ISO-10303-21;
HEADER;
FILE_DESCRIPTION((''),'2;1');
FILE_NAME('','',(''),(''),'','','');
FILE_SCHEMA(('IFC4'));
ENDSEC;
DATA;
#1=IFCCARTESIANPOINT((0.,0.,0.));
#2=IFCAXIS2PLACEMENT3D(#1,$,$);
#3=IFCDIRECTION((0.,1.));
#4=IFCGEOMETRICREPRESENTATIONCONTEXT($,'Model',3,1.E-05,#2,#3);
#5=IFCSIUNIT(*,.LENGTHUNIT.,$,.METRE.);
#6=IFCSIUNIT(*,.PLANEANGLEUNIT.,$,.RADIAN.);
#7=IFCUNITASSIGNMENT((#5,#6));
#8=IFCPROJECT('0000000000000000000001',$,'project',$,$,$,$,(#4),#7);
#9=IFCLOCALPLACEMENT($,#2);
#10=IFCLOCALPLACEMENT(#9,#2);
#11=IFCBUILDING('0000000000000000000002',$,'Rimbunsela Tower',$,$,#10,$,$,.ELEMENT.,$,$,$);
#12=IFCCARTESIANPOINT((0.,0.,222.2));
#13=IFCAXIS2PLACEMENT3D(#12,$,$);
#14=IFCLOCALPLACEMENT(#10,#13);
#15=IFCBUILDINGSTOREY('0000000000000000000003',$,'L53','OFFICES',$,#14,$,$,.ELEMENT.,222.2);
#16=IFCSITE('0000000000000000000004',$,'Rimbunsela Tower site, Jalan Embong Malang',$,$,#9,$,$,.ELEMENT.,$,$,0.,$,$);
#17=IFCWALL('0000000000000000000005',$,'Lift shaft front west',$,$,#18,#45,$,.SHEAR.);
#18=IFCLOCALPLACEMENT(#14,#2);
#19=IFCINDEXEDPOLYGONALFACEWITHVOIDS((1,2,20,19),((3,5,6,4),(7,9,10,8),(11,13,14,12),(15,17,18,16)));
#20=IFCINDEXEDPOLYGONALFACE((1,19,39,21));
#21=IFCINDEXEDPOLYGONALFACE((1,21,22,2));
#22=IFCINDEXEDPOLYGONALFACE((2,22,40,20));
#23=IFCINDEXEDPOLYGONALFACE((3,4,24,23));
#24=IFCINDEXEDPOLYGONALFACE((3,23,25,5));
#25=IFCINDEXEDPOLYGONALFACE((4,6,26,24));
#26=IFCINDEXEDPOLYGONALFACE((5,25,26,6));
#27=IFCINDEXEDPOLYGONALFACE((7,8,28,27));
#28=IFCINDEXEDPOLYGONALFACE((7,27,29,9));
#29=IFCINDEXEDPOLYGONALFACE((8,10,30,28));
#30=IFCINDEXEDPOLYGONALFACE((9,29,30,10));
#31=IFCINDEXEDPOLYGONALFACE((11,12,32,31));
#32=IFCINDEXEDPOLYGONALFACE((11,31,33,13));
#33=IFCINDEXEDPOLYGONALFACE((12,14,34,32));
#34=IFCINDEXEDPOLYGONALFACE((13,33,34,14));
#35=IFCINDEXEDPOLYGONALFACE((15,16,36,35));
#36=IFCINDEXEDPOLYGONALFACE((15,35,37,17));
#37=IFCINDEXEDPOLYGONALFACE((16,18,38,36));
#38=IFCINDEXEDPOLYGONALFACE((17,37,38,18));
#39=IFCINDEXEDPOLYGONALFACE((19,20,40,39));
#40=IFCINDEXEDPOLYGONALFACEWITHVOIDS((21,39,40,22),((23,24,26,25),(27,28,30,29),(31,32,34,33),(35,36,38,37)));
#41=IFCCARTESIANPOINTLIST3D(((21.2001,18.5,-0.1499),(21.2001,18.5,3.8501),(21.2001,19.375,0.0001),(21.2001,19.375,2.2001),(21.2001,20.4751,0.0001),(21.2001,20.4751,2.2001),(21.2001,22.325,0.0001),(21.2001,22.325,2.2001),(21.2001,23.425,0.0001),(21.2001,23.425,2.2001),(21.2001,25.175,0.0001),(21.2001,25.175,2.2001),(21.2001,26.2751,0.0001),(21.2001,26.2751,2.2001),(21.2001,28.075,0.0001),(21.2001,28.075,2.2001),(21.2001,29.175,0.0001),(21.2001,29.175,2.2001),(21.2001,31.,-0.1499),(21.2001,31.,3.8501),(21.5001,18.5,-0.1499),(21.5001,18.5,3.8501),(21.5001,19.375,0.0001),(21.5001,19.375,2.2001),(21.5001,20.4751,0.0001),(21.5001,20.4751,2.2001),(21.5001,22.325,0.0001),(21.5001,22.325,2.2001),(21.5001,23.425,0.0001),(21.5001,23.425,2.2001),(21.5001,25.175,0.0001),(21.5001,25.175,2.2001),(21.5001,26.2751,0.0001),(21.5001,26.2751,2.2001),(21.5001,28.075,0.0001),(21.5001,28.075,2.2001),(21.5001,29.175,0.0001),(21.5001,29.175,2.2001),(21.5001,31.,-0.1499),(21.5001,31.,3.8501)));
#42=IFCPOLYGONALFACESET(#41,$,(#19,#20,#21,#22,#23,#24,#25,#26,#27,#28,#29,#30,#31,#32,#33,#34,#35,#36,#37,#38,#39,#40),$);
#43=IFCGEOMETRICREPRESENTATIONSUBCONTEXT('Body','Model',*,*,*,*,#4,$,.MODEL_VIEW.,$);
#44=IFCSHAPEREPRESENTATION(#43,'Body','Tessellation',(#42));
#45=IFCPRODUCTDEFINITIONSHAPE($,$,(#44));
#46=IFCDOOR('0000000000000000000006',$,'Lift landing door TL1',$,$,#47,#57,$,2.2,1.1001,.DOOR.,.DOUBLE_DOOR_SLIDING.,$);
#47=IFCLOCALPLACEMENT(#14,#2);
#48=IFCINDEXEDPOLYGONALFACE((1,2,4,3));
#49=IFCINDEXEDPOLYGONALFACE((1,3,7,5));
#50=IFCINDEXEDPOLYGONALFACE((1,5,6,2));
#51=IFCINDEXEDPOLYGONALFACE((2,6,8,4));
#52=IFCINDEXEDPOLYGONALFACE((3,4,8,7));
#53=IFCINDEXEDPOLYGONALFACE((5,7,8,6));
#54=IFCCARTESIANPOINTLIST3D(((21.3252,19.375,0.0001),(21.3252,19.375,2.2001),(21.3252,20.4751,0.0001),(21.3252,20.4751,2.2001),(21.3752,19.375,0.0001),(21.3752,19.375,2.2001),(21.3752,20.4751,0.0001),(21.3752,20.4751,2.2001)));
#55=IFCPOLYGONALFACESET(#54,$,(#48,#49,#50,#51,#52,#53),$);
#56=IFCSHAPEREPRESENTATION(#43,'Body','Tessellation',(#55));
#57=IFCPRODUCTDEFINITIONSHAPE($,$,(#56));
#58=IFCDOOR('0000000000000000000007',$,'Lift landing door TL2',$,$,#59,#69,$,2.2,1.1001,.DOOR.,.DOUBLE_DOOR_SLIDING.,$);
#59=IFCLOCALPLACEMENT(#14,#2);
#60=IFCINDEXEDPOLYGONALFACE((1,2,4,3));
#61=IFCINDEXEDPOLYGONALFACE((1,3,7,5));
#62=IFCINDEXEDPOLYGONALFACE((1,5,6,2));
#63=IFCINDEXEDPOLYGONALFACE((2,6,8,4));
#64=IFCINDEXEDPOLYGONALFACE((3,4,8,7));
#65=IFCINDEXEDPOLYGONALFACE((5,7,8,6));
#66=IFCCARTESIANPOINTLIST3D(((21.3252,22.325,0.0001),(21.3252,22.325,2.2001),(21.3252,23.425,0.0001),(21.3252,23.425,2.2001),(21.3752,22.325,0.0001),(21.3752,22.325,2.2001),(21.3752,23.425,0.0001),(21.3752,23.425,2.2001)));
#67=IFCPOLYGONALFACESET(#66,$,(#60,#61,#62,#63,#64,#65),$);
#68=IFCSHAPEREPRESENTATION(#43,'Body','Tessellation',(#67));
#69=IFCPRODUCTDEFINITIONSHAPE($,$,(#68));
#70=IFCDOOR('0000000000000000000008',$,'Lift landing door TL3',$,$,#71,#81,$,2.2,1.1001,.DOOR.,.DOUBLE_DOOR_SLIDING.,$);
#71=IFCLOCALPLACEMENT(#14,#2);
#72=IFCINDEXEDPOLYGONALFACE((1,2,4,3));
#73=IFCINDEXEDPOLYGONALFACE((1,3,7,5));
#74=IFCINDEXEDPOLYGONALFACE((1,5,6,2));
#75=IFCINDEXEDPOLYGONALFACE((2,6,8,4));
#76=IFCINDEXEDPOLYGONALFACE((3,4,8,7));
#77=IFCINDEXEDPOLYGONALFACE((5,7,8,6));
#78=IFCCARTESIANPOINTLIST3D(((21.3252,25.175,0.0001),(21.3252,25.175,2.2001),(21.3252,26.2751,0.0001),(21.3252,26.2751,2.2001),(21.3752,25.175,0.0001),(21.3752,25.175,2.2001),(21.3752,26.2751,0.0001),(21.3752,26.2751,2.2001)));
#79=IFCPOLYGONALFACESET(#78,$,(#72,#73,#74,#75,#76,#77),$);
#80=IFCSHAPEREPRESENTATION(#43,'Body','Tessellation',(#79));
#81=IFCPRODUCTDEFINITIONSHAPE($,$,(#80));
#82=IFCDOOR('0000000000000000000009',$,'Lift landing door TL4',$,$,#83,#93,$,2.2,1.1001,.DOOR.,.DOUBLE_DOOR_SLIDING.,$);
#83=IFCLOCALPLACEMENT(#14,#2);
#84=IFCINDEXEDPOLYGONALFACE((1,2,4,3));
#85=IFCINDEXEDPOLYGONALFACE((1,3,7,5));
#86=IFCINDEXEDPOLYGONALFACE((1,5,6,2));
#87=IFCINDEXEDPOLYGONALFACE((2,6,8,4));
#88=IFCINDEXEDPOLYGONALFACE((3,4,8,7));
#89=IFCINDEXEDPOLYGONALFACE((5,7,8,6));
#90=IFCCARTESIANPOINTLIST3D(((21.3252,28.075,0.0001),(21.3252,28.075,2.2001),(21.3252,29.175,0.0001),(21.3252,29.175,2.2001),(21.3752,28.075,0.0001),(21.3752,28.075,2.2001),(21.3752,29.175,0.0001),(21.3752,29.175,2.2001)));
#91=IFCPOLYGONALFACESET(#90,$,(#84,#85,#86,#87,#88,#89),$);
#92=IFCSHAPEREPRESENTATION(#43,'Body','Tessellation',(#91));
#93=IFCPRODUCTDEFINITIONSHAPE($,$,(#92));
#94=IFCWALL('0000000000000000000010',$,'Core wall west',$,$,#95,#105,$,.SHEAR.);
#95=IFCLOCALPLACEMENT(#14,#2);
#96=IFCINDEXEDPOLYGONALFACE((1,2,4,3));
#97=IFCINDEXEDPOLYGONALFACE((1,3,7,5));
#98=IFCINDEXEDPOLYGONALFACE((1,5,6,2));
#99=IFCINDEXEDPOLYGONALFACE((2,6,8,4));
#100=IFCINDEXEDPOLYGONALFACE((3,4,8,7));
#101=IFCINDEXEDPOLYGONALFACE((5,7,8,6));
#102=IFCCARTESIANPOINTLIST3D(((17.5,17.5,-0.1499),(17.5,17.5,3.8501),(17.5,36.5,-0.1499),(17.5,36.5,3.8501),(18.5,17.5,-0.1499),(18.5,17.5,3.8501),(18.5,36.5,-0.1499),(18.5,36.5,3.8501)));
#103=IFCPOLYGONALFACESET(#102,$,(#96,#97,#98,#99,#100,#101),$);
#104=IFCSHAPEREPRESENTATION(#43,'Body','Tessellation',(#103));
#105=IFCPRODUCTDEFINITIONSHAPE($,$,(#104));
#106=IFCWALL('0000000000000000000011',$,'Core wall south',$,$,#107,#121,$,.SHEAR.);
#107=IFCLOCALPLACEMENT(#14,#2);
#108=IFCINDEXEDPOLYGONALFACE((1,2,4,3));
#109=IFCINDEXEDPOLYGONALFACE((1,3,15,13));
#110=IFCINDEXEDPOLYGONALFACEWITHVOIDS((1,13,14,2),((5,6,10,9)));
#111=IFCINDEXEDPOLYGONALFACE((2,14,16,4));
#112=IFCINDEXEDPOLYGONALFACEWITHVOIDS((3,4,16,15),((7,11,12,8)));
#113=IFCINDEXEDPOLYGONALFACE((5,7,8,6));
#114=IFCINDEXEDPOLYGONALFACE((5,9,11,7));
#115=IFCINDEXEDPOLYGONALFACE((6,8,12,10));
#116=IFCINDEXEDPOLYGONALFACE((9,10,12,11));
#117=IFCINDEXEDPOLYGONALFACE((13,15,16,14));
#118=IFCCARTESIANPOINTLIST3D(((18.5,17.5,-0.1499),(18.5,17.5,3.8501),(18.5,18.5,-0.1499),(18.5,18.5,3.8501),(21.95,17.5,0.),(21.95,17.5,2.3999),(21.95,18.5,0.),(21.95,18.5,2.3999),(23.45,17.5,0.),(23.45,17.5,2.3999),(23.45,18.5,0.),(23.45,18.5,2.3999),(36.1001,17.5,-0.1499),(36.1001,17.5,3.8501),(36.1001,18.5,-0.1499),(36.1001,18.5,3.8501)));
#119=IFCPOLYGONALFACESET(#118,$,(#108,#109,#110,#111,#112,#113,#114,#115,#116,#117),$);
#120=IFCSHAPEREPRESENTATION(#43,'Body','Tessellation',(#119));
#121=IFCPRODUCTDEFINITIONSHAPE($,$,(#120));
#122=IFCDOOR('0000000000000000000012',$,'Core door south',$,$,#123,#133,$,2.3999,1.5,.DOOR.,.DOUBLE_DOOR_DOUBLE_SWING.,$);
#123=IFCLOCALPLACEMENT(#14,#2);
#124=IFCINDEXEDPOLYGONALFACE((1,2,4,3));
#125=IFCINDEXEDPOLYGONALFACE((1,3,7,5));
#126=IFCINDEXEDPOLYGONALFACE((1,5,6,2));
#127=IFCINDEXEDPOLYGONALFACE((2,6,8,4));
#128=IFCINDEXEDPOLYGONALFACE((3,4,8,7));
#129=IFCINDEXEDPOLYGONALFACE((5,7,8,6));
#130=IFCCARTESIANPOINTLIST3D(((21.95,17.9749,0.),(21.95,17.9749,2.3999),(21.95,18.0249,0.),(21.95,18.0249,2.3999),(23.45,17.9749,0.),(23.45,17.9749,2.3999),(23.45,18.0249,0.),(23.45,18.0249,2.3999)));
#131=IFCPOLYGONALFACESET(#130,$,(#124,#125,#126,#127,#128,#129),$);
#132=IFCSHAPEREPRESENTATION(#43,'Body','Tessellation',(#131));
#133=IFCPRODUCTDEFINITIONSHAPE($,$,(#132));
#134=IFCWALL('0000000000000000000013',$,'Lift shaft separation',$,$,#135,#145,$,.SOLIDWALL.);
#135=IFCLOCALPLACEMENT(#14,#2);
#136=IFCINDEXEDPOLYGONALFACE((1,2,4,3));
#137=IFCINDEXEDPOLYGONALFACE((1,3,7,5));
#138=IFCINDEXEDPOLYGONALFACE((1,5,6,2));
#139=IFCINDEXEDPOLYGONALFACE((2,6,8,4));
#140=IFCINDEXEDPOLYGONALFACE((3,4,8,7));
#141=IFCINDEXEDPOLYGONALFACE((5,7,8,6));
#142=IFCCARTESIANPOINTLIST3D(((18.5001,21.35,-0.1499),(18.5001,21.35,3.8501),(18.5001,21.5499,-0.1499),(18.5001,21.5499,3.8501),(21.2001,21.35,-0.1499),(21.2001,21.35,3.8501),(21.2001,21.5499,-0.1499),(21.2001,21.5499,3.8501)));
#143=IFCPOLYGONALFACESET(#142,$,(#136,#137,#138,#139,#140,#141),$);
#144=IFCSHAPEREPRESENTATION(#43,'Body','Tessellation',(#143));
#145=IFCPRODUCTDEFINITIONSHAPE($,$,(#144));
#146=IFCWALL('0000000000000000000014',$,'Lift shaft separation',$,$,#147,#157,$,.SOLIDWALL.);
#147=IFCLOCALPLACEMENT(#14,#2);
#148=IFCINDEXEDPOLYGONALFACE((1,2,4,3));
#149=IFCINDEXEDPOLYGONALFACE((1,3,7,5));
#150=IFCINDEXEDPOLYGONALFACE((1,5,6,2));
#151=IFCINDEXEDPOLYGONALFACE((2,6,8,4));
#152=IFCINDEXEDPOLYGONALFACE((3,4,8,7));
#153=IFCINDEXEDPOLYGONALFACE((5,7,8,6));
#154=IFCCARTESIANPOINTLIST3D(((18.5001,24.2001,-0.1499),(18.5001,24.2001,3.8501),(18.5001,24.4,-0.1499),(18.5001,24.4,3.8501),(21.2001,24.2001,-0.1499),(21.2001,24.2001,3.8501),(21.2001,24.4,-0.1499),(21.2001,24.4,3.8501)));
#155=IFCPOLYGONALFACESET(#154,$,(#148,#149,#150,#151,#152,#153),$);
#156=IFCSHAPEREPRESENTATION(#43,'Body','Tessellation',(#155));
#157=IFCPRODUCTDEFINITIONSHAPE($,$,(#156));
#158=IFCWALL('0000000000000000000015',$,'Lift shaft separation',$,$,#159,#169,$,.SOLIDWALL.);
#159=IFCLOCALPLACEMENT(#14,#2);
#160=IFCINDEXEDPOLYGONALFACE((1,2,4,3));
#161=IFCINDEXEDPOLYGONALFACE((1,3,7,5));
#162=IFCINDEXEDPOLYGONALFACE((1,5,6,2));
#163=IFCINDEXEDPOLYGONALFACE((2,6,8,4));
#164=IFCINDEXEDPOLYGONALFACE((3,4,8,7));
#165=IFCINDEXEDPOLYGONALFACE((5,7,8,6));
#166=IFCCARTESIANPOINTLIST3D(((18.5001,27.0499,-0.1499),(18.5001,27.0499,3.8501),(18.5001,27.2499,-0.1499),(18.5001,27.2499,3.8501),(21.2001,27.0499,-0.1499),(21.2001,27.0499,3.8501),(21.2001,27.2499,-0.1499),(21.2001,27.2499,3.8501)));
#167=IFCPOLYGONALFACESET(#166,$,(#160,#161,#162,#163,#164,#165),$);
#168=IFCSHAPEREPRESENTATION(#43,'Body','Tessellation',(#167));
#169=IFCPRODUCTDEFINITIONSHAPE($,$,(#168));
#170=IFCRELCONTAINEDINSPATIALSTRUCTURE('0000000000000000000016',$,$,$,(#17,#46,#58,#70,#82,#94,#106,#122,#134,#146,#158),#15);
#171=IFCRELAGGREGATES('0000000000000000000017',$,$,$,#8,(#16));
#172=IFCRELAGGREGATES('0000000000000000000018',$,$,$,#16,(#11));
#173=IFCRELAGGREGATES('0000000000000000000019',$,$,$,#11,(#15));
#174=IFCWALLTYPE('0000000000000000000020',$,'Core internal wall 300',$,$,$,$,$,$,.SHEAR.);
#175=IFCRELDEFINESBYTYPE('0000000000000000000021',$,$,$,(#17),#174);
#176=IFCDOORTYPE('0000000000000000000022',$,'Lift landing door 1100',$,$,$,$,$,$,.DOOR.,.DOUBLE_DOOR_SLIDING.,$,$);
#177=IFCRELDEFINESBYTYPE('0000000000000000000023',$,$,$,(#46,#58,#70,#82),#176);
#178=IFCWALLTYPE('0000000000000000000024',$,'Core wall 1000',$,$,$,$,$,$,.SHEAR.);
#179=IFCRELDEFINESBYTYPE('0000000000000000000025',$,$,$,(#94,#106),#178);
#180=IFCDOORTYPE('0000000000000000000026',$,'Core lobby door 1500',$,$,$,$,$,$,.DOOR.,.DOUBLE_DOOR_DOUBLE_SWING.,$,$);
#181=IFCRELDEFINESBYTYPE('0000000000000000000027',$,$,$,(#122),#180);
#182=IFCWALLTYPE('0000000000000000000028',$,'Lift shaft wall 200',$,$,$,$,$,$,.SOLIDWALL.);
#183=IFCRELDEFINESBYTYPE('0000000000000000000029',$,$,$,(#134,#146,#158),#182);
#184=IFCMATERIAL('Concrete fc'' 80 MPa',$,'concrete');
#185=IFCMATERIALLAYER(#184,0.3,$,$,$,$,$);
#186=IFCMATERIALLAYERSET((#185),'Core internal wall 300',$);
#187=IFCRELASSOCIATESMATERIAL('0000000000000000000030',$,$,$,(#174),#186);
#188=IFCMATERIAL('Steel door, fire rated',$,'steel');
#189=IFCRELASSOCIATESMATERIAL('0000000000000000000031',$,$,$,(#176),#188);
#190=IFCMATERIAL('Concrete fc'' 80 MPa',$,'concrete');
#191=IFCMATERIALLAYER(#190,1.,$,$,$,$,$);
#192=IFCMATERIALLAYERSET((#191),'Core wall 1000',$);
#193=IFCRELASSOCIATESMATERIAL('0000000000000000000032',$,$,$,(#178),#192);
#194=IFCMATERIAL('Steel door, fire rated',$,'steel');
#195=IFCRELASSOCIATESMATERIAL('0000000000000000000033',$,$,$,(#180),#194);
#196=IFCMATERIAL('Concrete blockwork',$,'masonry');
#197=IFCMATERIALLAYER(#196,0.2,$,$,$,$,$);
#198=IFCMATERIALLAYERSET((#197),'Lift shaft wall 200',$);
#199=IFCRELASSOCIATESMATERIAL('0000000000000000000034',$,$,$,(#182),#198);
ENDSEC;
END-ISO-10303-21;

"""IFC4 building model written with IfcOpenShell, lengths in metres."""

from ifc_helpers import new_model, si_unit, direction, frame, frame_2d, origin, place, context, subcontext, project, spatial, rectangle, extrude, material, layer, layer_set, type_object, element, fill, save


model = new_model("IFC4")

# Units and contexts
model_context = context("Model", 3, precision=1e-05, world=origin(), true_north=direction((0.0, 1.0)))
body_context = subcontext(model_context, "Body", "Model", "MODEL_VIEW")
ifc_project = project(units=[si_unit("LENGTHUNIT", "METRE"), si_unit("PLANEANGLEUNIT", "RADIAN")], contexts=[model_context])

# Site, building, storey
site_placement = place(None, origin())
site = spatial("IfcSite", under=ifc_project, at=site_placement, Name="Rimbunsela Tower site, Jalan Embong Malang", CompositionType="ELEMENT", RefElevation=0.0)
building_placement = place(site_placement, origin())
building = spatial("IfcBuilding", under=site, at=building_placement, Name="Rimbunsela Tower", CompositionType="ELEMENT")
storey_placement = place(building_placement, frame((0.0, 0.0, 222.2)))
storey = spatial("IfcBuildingStorey", under=building, at=storey_placement, Name="L53", Description="OFFICES", CompositionType="ELEMENT", Elevation=222.2)

# Wall, openings, doors
ifc_material_1 = material(Name="Concrete fc' 80 MPa", Category="concrete")
ifc_layer_1 = layer(ifc_material_1, 0.3)
ifc_layer_set_1 = layer_set([ifc_layer_1], Name="Core internal wall 300")
wall_type_1 = type_object("IfcWallType", Name="Core internal wall 300", PredefinedType="SHEAR", material=ifc_layer_set_1)
wall_1_placement = place(storey_placement, frame((21.3501, 18.5, -0.1499), z_axis=(0.0, 0.0, 1.0), x_axis=(0.0, 1.0, 0.0)))
wall_1 = element("IfcWall", 1, at=wall_1_placement, inside=storey, type_object=wall_type_1, Name="Lift shaft front west", PredefinedType="SHEAR", context=body_context, shape_type="SweptSolid", body=[
    extrude(rectangle(XDim=12.5, YDim=0.3, at=frame_2d((6.25, 0.0))), origin(), (0.0, 0.0, 1.0), 4.0),
])
opening_1_placement = place(wall_1_placement, frame((0.875, 0.0, 0.1499)))
opening_1 = element("IfcOpeningElement", 2, at=opening_1_placement, cuts=wall_1, PredefinedType="OPENING", context=body_context, shape_type="SweptSolid", body=[
    extrude(rectangle(XDim=1.1001, YDim=2.2, at=frame_2d((0.55, 1.1001))), frame((0.0, 0.1599, 0.0), z_axis=(0.0, -1.0, 0.0), x_axis=(1.0, 0.0, 0.0)), (0.0, 0.0, 1.0), 0.3201),
])
opening_2_placement = place(wall_1_placement, frame((3.825, 0.0, 0.1499)))
opening_2 = element("IfcOpeningElement", 3, at=opening_2_placement, cuts=wall_1, PredefinedType="OPENING", context=body_context, shape_type="SweptSolid", body=[
    extrude(rectangle(XDim=1.1001, YDim=2.2, at=frame_2d((0.55, 1.1001))), frame((0.0, 0.1599, 0.0), z_axis=(0.0, -1.0, 0.0), x_axis=(1.0, 0.0, 0.0)), (0.0, 0.0, 1.0), 0.3201),
])
opening_3_placement = place(wall_1_placement, frame((6.675, 0.0, 0.1499)))
opening_3 = element("IfcOpeningElement", 4, at=opening_3_placement, cuts=wall_1, PredefinedType="OPENING", context=body_context, shape_type="SweptSolid", body=[
    extrude(rectangle(XDim=1.1001, YDim=2.2, at=frame_2d((0.55, 1.1001))), frame((0.0, 0.1599, 0.0), z_axis=(0.0, -1.0, 0.0), x_axis=(1.0, 0.0, 0.0)), (0.0, 0.0, 1.0), 0.3201),
])
opening_4_placement = place(wall_1_placement, frame((9.575, 0.0, 0.1499)))
opening_4 = element("IfcOpeningElement", 5, at=opening_4_placement, cuts=wall_1, PredefinedType="OPENING", context=body_context, shape_type="SweptSolid", body=[
    extrude(rectangle(XDim=1.1001, YDim=2.2, at=frame_2d((0.55, 1.1001))), frame((0.0, 0.1599, 0.0), z_axis=(0.0, -1.0, 0.0), x_axis=(1.0, 0.0, 0.0)), (0.0, 0.0, 1.0), 0.3201),
])
ifc_material_2 = material(Name="Steel door, fire rated", Category="steel")
door_type_1 = type_object("IfcDoorType", Name="Lift landing door 1100", OperationType="DOUBLE_DOOR_SLIDING", PredefinedType="DOOR", material=ifc_material_2)
door_1_placement = place(opening_1_placement, origin())
door_1 = element("IfcDoor", 6, at=door_1_placement, inside=storey, type_object=door_type_1, Name="Lift landing door TL1", OperationType="DOUBLE_DOOR_SLIDING", OverallHeight=2.2, OverallWidth=1.1001, PredefinedType="DOOR", context=body_context, shape_type="SweptSolid", body=[
    extrude(rectangle(XDim=1.1001, YDim=2.2, at=frame_2d((0.55, 1.1001))), frame((0.0, 0.0249, 0.0), z_axis=(0.0, -1.0, 0.0), x_axis=(1.0, 0.0, 0.0)), (0.0, 0.0, 1.0), 0.05),
])
fill(opening_1, door_1)
door_2_placement = place(opening_2_placement, origin())
door_2 = element("IfcDoor", 7, at=door_2_placement, inside=storey, type_object=door_type_1, Name="Lift landing door TL2", OperationType="DOUBLE_DOOR_SLIDING", OverallHeight=2.2, OverallWidth=1.1001, PredefinedType="DOOR", context=body_context, shape_type="SweptSolid", body=[
    extrude(rectangle(XDim=1.1001, YDim=2.2, at=frame_2d((0.55, 1.1001))), frame((0.0, 0.0249, 0.0), z_axis=(0.0, -1.0, 0.0), x_axis=(1.0, 0.0, 0.0)), (0.0, 0.0, 1.0), 0.05),
])
fill(opening_2, door_2)
door_3_placement = place(opening_3_placement, origin())
door_3 = element("IfcDoor", 8, at=door_3_placement, inside=storey, type_object=door_type_1, Name="Lift landing door TL3", OperationType="DOUBLE_DOOR_SLIDING", OverallHeight=2.2, OverallWidth=1.1001, PredefinedType="DOOR", context=body_context, shape_type="SweptSolid", body=[
    extrude(rectangle(XDim=1.1001, YDim=2.2, at=frame_2d((0.55, 1.1001))), frame((0.0, 0.0249, 0.0), z_axis=(0.0, -1.0, 0.0), x_axis=(1.0, 0.0, 0.0)), (0.0, 0.0, 1.0), 0.05),
])
fill(opening_3, door_3)
door_4_placement = place(opening_4_placement, origin())
door_4 = element("IfcDoor", 9, at=door_4_placement, inside=storey, type_object=door_type_1, Name="Lift landing door TL4", OperationType="DOUBLE_DOOR_SLIDING", OverallHeight=2.2, OverallWidth=1.1001, PredefinedType="DOOR", context=body_context, shape_type="SweptSolid", body=[
    extrude(rectangle(XDim=1.1001, YDim=2.2, at=frame_2d((0.55, 1.1001))), frame((0.0, 0.0249, 0.0), z_axis=(0.0, -1.0, 0.0), x_axis=(1.0, 0.0, 0.0)), (0.0, 0.0, 1.0), 0.05),
])
fill(opening_4, door_4)

# Wall
ifc_material_3 = material(Name="Concrete fc' 80 MPa", Category="concrete")
ifc_layer_2 = layer(ifc_material_3, 1.0)
ifc_layer_set_2 = layer_set([ifc_layer_2], Name="Core wall 1000")
wall_type_2 = type_object("IfcWallType", Name="Core wall 1000", PredefinedType="SHEAR", material=ifc_layer_set_2)
wall_2_placement = place(storey_placement, frame((18.0, 17.5, -0.1499), z_axis=(0.0, 0.0, 1.0), x_axis=(0.0, 1.0, 0.0)))
element("IfcWall", 10, at=wall_2_placement, inside=storey, type_object=wall_type_2, Name="Core wall west", PredefinedType="SHEAR", context=body_context, shape_type="SweptSolid", body=[
    extrude(rectangle(XDim=19.0, YDim=1.0, at=frame_2d((9.5, 0.0))), origin(), (0.0, 0.0, 1.0), 4.0),
])

# Wall, opening, door
wall_3_placement = place(storey_placement, frame((18.5, 18.0, -0.1499), z_axis=(0.0, 0.0, 1.0), x_axis=(1.0, 0.0, 0.0)))
wall_3 = element("IfcWall", 11, at=wall_3_placement, inside=storey, type_object=wall_type_2, Name="Core wall south", PredefinedType="SHEAR", context=body_context, shape_type="SweptSolid", body=[
    extrude(rectangle(XDim=17.6001, YDim=1.0, at=frame_2d((8.8, 0.0))), origin(), (0.0, 0.0, 1.0), 4.0),
])
opening_5_placement = place(wall_3_placement, frame((3.45, 0.0, 0.1499)))
opening_5 = element("IfcOpeningElement", 12, at=opening_5_placement, cuts=wall_3, PredefinedType="OPENING", context=body_context, shape_type="SweptSolid", body=[
    extrude(rectangle(XDim=1.5, YDim=2.3999, at=frame_2d((0.75, 1.2))), frame((0.0, 0.51, 0.0), z_axis=(0.0, -1.0, 0.0), x_axis=(1.0, 0.0, 0.0)), (0.0, 0.0, 1.0), 1.02),
])
ifc_material_4 = material(Name="Steel door, fire rated", Category="steel")
door_type_2 = type_object("IfcDoorType", Name="Core lobby door 1500", OperationType="DOUBLE_DOOR_DOUBLE_SWING", PredefinedType="DOOR", material=ifc_material_4)
door_5_placement = place(opening_5_placement, origin())
door_5 = element("IfcDoor", 13, at=door_5_placement, inside=storey, type_object=door_type_2, Name="Core door south", OperationType="DOUBLE_DOOR_DOUBLE_SWING", OverallHeight=2.3999, OverallWidth=1.5, PredefinedType="DOOR", context=body_context, shape_type="SweptSolid", body=[
    extrude(rectangle(XDim=1.5, YDim=2.3999, at=frame_2d((0.75, 1.2))), frame((0.0, 0.0249, 0.0), z_axis=(0.0, -1.0, 0.0), x_axis=(1.0, 0.0, 0.0)), (0.0, 0.0, 1.0), 0.05),
])
fill(opening_5, door_5)

# Walls
ifc_material_5 = material(Name="Concrete blockwork", Category="masonry")
ifc_layer_3 = layer(ifc_material_5, 0.2)
ifc_layer_set_3 = layer_set([ifc_layer_3], Name="Lift shaft wall 200")
wall_type_3 = type_object("IfcWallType", Name="Lift shaft wall 200", PredefinedType="SOLIDWALL", material=ifc_layer_set_3)
for number, where, z_axis, x_axis, name in (
    (14, (18.5, 21.45, -0.1499), (0.0, 0.0, 1.0), (1.0, 0.0, 0.0), "Lift shaft separation"),
    (15, (18.5, 24.3, -0.1499), (0.0, 0.0, 1.0), (1.0, 0.0, 0.0), "Lift shaft separation"),
    (16, (18.5, 27.1499, -0.1499), (0.0, 0.0, 1.0), (1.0, 0.0, 0.0), "Lift shaft separation"),
):
    element("IfcWall", number, at=place(storey_placement, frame(where, z_axis=z_axis, x_axis=x_axis)), inside=storey, type_object=wall_type_3, Name=name, PredefinedType="SOLIDWALL", context=body_context, shape_type="SweptSolid", body=[
        extrude(rectangle(XDim=2.7, YDim=0.2, at=frame_2d((1.3501, 0.0))), origin(), (0.0, 0.0, 1.0), 4.0),
    ])

save(model, "model.ifc")
